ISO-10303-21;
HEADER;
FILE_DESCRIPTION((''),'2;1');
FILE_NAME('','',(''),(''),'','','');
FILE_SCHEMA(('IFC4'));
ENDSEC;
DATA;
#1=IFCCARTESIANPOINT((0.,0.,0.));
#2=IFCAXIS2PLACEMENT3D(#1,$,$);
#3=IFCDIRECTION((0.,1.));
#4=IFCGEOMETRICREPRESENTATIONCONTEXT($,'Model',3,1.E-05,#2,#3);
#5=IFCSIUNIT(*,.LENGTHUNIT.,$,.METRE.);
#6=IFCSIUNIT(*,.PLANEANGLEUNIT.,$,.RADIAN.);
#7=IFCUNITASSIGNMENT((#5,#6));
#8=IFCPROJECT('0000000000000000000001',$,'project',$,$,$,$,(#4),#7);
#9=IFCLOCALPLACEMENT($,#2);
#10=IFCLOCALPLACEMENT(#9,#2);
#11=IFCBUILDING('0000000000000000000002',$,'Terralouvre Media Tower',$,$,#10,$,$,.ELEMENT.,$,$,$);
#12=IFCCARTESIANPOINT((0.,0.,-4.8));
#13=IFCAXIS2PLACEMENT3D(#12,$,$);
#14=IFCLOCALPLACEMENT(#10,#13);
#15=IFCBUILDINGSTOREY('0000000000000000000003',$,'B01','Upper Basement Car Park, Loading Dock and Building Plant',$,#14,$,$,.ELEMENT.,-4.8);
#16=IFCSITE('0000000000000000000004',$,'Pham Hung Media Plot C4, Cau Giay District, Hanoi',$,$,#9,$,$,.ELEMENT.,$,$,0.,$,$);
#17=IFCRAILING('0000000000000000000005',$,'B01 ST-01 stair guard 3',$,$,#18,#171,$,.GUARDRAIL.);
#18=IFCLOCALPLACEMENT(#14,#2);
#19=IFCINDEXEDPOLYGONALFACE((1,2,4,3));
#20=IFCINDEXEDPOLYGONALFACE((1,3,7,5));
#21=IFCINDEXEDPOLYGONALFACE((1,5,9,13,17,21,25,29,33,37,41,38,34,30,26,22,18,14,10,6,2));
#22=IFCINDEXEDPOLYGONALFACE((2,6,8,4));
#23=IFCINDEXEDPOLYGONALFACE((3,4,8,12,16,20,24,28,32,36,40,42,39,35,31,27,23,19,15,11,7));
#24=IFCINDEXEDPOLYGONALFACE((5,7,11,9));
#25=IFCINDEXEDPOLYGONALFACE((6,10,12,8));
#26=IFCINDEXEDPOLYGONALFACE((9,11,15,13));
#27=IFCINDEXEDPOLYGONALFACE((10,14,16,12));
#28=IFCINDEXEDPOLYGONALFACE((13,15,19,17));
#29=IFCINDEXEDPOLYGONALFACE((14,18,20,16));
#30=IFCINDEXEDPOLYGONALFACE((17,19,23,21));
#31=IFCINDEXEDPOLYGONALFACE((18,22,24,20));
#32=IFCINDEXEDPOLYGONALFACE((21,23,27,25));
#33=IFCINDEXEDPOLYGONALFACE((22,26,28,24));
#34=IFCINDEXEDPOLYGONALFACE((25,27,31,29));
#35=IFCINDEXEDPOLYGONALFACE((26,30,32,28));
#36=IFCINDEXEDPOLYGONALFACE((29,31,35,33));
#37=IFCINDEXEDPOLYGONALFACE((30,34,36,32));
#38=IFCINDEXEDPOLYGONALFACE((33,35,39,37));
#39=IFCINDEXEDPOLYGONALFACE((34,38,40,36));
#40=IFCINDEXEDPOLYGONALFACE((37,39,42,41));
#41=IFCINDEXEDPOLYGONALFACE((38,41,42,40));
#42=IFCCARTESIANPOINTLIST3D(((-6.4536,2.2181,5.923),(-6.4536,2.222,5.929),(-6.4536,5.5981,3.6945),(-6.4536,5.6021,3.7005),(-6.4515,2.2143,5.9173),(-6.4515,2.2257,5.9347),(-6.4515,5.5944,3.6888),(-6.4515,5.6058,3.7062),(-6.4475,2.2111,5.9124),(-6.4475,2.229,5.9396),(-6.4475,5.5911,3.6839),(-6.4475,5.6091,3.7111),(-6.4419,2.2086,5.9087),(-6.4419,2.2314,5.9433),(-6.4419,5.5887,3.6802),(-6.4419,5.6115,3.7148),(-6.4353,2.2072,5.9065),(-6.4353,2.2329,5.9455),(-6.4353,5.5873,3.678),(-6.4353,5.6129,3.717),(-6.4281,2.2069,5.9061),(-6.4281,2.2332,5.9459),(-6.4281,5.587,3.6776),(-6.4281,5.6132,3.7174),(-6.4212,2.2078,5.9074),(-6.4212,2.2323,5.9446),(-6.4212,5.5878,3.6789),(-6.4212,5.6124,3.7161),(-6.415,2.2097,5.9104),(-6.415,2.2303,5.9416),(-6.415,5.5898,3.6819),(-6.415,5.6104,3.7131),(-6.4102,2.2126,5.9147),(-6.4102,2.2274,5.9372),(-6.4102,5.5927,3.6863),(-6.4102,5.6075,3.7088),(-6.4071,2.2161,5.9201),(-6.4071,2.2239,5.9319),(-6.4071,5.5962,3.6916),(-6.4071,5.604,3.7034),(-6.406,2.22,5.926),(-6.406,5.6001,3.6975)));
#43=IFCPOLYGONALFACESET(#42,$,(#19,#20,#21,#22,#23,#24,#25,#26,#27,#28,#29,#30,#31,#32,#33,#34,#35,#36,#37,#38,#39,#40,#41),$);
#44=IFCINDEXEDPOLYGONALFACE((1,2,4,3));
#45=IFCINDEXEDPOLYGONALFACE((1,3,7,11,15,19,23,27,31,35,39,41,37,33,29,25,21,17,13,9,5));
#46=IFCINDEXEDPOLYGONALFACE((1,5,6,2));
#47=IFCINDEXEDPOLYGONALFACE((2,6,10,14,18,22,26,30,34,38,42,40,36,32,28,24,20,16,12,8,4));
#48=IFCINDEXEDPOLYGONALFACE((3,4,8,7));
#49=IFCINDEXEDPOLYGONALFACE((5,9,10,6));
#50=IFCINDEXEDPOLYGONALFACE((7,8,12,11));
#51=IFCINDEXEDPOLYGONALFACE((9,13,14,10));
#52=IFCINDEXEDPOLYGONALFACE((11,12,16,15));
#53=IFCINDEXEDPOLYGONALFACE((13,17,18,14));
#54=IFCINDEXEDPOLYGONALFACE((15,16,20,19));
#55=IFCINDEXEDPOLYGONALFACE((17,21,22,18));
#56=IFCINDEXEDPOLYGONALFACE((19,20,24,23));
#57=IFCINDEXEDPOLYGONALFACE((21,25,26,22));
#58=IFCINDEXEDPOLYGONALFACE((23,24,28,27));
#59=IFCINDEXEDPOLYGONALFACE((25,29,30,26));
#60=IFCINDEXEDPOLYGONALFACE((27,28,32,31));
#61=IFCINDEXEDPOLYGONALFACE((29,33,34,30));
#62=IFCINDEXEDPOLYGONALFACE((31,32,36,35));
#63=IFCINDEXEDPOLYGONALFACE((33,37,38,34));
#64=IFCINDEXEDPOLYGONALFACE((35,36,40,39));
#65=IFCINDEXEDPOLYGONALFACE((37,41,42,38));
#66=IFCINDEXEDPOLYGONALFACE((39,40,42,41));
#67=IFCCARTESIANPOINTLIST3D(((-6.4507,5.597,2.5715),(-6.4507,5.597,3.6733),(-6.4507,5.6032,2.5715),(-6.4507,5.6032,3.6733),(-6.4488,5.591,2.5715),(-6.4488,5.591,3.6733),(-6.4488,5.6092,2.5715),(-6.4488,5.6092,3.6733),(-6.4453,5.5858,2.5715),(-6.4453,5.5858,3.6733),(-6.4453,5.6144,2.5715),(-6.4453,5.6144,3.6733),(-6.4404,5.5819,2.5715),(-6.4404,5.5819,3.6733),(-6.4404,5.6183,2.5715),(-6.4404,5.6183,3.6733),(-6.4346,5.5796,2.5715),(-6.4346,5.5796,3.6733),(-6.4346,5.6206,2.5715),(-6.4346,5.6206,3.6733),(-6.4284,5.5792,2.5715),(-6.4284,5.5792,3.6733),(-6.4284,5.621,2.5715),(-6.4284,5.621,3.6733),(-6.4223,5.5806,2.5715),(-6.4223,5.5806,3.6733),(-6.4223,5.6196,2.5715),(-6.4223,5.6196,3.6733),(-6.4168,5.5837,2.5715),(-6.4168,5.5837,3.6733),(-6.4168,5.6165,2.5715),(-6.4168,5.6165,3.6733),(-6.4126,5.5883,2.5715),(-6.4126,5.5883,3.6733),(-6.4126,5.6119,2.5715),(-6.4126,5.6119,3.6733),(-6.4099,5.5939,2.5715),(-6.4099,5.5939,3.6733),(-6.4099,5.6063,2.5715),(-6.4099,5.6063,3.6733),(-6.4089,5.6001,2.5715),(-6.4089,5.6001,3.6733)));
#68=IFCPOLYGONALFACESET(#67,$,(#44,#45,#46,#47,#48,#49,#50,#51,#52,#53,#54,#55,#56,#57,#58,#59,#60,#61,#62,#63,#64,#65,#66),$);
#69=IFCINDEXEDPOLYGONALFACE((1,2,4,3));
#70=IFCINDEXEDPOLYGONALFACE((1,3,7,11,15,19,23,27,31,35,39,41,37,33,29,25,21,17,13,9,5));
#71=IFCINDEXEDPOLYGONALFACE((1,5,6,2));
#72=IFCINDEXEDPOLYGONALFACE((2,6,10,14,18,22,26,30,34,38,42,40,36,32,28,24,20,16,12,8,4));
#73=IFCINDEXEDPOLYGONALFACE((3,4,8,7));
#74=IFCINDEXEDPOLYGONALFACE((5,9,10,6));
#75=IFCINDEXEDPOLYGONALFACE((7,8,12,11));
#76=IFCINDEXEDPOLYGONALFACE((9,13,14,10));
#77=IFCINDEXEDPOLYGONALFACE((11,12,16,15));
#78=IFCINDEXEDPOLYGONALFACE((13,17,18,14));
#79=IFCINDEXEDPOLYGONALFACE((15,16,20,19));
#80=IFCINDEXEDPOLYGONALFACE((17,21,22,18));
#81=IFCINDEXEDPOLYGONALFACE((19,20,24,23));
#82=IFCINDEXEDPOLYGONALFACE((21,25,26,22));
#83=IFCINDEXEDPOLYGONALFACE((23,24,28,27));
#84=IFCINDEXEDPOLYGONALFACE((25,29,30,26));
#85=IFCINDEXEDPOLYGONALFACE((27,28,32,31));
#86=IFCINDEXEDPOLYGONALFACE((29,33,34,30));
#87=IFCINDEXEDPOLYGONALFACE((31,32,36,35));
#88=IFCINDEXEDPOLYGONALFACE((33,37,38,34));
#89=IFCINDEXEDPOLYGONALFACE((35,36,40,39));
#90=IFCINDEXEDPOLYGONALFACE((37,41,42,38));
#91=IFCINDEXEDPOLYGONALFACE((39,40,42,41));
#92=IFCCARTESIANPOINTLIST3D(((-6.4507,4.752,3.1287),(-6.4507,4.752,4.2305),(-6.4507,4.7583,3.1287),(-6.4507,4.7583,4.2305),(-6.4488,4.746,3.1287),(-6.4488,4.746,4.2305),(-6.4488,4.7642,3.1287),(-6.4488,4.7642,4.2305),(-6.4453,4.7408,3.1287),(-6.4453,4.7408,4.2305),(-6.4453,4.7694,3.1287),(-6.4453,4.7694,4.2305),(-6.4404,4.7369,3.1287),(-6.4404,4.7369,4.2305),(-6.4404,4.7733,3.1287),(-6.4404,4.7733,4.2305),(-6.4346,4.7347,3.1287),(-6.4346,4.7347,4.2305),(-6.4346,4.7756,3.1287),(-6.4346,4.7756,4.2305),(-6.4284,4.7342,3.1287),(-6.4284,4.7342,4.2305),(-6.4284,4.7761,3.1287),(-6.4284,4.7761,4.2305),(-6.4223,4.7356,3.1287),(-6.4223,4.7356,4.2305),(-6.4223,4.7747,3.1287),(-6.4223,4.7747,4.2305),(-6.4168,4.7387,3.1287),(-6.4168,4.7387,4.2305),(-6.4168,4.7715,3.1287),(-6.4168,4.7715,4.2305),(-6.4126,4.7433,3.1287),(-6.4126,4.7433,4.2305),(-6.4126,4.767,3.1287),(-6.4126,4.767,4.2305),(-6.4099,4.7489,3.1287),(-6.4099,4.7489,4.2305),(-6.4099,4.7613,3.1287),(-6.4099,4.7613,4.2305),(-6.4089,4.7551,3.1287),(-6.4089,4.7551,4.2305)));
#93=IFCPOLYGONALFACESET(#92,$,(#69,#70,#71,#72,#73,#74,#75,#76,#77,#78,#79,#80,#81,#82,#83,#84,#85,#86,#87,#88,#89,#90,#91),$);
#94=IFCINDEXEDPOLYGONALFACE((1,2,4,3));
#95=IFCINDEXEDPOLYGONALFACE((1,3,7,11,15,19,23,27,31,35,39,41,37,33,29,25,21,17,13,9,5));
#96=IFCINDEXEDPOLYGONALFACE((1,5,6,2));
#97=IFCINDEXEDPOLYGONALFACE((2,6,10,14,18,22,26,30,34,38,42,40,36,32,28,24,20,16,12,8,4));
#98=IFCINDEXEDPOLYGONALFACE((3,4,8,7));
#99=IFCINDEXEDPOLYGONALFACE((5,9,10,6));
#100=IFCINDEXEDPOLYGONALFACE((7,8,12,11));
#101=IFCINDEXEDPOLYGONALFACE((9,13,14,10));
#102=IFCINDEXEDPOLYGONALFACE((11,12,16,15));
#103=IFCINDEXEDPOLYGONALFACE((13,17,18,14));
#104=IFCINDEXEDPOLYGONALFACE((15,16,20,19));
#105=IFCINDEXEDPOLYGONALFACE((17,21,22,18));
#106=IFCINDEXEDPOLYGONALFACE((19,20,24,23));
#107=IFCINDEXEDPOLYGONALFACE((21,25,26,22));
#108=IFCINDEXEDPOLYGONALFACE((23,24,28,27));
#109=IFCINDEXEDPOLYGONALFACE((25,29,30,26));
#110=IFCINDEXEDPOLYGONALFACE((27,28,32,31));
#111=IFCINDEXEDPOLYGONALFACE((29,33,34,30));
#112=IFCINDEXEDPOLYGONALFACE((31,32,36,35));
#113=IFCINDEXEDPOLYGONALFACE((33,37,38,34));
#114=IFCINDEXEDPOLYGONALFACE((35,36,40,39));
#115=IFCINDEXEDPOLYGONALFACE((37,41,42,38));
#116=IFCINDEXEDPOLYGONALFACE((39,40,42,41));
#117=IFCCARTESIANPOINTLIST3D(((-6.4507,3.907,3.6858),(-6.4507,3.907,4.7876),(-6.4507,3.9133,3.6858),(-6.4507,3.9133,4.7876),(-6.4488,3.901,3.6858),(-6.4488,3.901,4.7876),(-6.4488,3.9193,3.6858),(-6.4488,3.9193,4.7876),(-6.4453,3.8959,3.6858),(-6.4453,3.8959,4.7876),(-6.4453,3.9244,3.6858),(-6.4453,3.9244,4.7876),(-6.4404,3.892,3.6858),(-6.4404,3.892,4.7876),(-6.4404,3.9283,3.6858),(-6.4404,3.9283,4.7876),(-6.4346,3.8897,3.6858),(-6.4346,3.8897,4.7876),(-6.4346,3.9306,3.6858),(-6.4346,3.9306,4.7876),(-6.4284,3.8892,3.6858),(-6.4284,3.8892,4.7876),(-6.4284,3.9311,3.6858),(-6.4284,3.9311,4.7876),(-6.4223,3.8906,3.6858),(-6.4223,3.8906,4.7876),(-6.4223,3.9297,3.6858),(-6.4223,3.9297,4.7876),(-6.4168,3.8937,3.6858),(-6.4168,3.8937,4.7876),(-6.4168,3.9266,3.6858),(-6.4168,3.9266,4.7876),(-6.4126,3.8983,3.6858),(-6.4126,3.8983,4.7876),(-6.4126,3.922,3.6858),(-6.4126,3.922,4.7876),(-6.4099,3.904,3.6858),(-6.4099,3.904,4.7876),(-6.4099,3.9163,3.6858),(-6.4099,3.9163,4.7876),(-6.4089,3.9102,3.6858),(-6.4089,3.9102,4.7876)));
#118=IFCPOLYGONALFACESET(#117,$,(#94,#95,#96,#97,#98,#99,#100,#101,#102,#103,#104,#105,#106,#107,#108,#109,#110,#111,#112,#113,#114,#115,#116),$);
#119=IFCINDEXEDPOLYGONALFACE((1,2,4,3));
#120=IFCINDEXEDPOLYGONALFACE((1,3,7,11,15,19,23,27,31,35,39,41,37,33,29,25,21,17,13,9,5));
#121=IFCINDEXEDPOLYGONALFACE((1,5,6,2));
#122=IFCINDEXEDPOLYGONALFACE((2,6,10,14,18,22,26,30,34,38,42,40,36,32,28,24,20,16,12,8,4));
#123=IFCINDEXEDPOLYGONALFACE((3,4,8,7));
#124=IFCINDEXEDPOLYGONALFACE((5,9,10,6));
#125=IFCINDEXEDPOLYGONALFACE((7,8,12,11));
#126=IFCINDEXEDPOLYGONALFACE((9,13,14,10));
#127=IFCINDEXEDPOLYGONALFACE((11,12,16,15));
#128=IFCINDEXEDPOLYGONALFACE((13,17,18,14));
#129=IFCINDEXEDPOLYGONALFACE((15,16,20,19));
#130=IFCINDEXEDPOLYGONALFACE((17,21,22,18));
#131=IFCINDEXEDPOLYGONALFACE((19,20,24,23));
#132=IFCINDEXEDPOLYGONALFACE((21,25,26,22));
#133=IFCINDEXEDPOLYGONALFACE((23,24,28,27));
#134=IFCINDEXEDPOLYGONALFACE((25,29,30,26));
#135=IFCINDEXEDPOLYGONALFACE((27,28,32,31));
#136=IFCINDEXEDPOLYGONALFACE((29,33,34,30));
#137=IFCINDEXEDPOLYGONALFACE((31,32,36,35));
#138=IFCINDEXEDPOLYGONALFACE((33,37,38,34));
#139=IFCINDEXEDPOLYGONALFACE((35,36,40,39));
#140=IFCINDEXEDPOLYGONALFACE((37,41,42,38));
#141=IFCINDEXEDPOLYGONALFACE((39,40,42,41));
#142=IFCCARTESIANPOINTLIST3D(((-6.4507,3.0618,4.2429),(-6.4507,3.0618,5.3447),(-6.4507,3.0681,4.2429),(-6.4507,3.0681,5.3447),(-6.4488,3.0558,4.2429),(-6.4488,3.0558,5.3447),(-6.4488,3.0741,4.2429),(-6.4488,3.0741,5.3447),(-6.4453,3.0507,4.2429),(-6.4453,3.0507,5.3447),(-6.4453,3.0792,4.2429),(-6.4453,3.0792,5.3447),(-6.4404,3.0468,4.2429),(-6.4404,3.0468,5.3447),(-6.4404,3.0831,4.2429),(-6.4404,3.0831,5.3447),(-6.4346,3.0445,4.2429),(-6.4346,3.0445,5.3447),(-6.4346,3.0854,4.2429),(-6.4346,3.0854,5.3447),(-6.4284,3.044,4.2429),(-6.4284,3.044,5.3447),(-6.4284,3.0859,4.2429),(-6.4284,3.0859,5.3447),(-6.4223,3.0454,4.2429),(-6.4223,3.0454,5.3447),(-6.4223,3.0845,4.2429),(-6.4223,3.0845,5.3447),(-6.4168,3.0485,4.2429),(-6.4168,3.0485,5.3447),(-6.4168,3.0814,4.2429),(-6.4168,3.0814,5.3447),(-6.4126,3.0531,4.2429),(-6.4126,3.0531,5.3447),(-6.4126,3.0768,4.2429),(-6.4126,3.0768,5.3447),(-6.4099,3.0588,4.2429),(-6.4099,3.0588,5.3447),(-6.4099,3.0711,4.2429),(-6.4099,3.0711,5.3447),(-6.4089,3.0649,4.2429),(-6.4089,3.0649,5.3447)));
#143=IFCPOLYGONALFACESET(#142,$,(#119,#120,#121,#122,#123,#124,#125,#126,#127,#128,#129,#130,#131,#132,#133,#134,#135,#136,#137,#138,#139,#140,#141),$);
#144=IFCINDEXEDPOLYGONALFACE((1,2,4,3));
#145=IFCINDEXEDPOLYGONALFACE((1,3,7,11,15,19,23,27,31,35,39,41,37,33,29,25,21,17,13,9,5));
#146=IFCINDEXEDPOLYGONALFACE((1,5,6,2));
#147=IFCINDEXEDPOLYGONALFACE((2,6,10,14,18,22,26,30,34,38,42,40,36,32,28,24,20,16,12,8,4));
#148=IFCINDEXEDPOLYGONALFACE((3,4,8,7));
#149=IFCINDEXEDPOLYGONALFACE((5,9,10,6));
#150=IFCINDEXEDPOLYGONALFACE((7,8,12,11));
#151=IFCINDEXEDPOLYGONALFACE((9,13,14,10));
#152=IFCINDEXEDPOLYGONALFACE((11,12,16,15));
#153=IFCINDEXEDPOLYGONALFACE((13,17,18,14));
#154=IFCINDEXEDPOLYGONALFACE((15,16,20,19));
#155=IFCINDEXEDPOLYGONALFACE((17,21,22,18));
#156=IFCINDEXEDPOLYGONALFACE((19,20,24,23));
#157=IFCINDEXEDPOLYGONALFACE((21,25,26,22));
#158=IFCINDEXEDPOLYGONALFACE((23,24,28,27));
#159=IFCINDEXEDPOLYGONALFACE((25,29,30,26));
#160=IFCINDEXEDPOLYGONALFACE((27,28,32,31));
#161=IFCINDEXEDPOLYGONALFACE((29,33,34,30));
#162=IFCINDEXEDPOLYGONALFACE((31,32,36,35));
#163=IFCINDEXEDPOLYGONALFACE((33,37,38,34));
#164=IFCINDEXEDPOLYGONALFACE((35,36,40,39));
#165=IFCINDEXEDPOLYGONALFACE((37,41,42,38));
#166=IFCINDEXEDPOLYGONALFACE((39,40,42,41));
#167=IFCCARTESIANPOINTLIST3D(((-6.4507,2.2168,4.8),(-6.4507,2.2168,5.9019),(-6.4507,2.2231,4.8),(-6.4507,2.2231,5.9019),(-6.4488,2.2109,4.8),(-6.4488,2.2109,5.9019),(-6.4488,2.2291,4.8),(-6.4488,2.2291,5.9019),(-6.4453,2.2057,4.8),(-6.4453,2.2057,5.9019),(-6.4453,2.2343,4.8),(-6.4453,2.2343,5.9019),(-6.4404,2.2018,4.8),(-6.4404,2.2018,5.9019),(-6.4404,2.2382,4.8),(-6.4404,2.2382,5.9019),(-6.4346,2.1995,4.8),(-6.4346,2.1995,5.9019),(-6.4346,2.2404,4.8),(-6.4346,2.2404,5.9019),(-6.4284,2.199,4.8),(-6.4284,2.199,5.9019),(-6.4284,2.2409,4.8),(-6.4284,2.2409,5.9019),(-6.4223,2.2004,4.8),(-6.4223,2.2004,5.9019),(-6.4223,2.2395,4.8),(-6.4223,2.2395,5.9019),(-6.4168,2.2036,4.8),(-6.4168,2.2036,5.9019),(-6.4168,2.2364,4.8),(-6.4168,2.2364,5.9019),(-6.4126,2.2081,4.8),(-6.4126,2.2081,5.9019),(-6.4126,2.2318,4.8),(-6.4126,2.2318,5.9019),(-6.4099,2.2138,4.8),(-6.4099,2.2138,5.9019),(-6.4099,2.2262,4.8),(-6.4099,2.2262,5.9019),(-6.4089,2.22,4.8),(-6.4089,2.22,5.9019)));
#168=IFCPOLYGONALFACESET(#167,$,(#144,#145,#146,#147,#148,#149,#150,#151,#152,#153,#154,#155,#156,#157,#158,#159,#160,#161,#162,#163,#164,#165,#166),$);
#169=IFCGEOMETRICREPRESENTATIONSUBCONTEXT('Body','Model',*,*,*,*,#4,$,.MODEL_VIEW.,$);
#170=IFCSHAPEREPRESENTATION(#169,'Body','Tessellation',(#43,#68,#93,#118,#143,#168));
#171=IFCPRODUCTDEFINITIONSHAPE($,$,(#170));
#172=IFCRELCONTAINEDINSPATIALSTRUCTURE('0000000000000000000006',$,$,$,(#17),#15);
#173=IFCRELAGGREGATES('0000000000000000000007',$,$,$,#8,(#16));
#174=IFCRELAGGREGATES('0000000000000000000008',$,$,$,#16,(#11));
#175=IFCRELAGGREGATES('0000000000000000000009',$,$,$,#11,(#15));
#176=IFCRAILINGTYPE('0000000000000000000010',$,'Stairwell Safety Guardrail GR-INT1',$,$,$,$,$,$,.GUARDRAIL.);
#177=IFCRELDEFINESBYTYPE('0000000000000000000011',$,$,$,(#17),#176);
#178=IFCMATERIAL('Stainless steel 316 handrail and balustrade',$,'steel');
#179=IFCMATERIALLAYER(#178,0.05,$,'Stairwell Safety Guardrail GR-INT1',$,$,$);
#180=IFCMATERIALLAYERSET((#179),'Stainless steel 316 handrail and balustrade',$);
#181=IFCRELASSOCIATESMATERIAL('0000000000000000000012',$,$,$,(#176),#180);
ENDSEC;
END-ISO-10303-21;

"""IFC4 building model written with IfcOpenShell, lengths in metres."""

from ifc_helpers import new_model, si_unit, direction, frame, origin, origin_2d, place, context, subcontext, project, spatial, circle, extrude, material, layer, layer_set, type_object, element, save


model = new_model("IFC4")

# Units and contexts
model_context = context("Model", 3, precision=1e-05, world=origin(), true_north=direction((0.0, 1.0)))
body_context = subcontext(model_context, "Body", "Model", "MODEL_VIEW")
ifc_project = project(units=[si_unit("LENGTHUNIT", "METRE"), si_unit("PLANEANGLEUNIT", "RADIAN")], contexts=[model_context])

# Site, building, storey
site_placement = place(None, origin())
site = spatial("IfcSite", under=ifc_project, at=site_placement, Name="Pham Hung Media Plot C4, Cau Giay District, Hanoi", CompositionType="ELEMENT", RefElevation=0.0)
building_placement = place(site_placement, origin())
building = spatial("IfcBuilding", under=site, at=building_placement, Name="Terralouvre Media Tower", CompositionType="ELEMENT")
storey_placement = place(building_placement, frame((0.0, 0.0, -4.8)))
storey = spatial("IfcBuildingStorey", under=building, at=storey_placement, Name="B01", Description="Upper Basement Car Park, Loading Dock and Building Plant", CompositionType="ELEMENT", Elevation=-4.8)

# Railing
ifc_material_1 = material(Name="Stainless steel 316 handrail and balustrade", Category="steel")
ifc_layer_1 = layer(ifc_material_1, 0.05, Name="Stairwell Safety Guardrail GR-INT1")
ifc_layer_set_1 = layer_set([ifc_layer_1], Name="Stainless steel 316 handrail and balustrade")
railing_type_1 = type_object("IfcRailingType", Name="Stairwell Safety Guardrail GR-INT1", PredefinedType="GUARDRAIL", material=ifc_layer_set_1)
railing_1_placement = place(storey_placement, frame((-6.4299, 5.6001, 2.5715)))
element("IfcRailing", 1, at=railing_1_placement, inside=storey, type_object=railing_type_1, Name="B01 ST-01 stair guard 3", PredefinedType="GUARDRAIL", context=body_context, shape_type="SweptSolid", body=[
    extrude(circle(Radius=0.0239, at=origin_2d()), frame((0.0, 0.0, 1.126), z_axis=(0.0, -0.834878, 0.550435), x_axis=(1.0, 0.0, 0.0)), (0.0, 0.0, 1.0), 4.0486),
    extrude(circle(Radius=0.021, at=origin_2d()), origin(), (0.0, 0.0, 1.0), 1.1018),
    extrude(circle(Radius=0.021, at=origin_2d()), frame((0.0, -0.845, 0.5571)), (0.0, 0.0, 1.0), 1.1018),
    extrude(circle(Radius=0.021, at=origin_2d()), frame((0.0, -1.6899, 1.1143)), (0.0, 0.0, 1.0), 1.1018),
    extrude(circle(Radius=0.021, at=origin_2d()), frame((0.0, -2.5352, 1.6714)), (0.0, 0.0, 1.0), 1.1018),
    extrude(circle(Radius=0.021, at=origin_2d()), frame((0.0, -3.3801, 2.2285)), (0.0, 0.0, 1.0), 1.1018),
])

save(model, "model.ifc")
